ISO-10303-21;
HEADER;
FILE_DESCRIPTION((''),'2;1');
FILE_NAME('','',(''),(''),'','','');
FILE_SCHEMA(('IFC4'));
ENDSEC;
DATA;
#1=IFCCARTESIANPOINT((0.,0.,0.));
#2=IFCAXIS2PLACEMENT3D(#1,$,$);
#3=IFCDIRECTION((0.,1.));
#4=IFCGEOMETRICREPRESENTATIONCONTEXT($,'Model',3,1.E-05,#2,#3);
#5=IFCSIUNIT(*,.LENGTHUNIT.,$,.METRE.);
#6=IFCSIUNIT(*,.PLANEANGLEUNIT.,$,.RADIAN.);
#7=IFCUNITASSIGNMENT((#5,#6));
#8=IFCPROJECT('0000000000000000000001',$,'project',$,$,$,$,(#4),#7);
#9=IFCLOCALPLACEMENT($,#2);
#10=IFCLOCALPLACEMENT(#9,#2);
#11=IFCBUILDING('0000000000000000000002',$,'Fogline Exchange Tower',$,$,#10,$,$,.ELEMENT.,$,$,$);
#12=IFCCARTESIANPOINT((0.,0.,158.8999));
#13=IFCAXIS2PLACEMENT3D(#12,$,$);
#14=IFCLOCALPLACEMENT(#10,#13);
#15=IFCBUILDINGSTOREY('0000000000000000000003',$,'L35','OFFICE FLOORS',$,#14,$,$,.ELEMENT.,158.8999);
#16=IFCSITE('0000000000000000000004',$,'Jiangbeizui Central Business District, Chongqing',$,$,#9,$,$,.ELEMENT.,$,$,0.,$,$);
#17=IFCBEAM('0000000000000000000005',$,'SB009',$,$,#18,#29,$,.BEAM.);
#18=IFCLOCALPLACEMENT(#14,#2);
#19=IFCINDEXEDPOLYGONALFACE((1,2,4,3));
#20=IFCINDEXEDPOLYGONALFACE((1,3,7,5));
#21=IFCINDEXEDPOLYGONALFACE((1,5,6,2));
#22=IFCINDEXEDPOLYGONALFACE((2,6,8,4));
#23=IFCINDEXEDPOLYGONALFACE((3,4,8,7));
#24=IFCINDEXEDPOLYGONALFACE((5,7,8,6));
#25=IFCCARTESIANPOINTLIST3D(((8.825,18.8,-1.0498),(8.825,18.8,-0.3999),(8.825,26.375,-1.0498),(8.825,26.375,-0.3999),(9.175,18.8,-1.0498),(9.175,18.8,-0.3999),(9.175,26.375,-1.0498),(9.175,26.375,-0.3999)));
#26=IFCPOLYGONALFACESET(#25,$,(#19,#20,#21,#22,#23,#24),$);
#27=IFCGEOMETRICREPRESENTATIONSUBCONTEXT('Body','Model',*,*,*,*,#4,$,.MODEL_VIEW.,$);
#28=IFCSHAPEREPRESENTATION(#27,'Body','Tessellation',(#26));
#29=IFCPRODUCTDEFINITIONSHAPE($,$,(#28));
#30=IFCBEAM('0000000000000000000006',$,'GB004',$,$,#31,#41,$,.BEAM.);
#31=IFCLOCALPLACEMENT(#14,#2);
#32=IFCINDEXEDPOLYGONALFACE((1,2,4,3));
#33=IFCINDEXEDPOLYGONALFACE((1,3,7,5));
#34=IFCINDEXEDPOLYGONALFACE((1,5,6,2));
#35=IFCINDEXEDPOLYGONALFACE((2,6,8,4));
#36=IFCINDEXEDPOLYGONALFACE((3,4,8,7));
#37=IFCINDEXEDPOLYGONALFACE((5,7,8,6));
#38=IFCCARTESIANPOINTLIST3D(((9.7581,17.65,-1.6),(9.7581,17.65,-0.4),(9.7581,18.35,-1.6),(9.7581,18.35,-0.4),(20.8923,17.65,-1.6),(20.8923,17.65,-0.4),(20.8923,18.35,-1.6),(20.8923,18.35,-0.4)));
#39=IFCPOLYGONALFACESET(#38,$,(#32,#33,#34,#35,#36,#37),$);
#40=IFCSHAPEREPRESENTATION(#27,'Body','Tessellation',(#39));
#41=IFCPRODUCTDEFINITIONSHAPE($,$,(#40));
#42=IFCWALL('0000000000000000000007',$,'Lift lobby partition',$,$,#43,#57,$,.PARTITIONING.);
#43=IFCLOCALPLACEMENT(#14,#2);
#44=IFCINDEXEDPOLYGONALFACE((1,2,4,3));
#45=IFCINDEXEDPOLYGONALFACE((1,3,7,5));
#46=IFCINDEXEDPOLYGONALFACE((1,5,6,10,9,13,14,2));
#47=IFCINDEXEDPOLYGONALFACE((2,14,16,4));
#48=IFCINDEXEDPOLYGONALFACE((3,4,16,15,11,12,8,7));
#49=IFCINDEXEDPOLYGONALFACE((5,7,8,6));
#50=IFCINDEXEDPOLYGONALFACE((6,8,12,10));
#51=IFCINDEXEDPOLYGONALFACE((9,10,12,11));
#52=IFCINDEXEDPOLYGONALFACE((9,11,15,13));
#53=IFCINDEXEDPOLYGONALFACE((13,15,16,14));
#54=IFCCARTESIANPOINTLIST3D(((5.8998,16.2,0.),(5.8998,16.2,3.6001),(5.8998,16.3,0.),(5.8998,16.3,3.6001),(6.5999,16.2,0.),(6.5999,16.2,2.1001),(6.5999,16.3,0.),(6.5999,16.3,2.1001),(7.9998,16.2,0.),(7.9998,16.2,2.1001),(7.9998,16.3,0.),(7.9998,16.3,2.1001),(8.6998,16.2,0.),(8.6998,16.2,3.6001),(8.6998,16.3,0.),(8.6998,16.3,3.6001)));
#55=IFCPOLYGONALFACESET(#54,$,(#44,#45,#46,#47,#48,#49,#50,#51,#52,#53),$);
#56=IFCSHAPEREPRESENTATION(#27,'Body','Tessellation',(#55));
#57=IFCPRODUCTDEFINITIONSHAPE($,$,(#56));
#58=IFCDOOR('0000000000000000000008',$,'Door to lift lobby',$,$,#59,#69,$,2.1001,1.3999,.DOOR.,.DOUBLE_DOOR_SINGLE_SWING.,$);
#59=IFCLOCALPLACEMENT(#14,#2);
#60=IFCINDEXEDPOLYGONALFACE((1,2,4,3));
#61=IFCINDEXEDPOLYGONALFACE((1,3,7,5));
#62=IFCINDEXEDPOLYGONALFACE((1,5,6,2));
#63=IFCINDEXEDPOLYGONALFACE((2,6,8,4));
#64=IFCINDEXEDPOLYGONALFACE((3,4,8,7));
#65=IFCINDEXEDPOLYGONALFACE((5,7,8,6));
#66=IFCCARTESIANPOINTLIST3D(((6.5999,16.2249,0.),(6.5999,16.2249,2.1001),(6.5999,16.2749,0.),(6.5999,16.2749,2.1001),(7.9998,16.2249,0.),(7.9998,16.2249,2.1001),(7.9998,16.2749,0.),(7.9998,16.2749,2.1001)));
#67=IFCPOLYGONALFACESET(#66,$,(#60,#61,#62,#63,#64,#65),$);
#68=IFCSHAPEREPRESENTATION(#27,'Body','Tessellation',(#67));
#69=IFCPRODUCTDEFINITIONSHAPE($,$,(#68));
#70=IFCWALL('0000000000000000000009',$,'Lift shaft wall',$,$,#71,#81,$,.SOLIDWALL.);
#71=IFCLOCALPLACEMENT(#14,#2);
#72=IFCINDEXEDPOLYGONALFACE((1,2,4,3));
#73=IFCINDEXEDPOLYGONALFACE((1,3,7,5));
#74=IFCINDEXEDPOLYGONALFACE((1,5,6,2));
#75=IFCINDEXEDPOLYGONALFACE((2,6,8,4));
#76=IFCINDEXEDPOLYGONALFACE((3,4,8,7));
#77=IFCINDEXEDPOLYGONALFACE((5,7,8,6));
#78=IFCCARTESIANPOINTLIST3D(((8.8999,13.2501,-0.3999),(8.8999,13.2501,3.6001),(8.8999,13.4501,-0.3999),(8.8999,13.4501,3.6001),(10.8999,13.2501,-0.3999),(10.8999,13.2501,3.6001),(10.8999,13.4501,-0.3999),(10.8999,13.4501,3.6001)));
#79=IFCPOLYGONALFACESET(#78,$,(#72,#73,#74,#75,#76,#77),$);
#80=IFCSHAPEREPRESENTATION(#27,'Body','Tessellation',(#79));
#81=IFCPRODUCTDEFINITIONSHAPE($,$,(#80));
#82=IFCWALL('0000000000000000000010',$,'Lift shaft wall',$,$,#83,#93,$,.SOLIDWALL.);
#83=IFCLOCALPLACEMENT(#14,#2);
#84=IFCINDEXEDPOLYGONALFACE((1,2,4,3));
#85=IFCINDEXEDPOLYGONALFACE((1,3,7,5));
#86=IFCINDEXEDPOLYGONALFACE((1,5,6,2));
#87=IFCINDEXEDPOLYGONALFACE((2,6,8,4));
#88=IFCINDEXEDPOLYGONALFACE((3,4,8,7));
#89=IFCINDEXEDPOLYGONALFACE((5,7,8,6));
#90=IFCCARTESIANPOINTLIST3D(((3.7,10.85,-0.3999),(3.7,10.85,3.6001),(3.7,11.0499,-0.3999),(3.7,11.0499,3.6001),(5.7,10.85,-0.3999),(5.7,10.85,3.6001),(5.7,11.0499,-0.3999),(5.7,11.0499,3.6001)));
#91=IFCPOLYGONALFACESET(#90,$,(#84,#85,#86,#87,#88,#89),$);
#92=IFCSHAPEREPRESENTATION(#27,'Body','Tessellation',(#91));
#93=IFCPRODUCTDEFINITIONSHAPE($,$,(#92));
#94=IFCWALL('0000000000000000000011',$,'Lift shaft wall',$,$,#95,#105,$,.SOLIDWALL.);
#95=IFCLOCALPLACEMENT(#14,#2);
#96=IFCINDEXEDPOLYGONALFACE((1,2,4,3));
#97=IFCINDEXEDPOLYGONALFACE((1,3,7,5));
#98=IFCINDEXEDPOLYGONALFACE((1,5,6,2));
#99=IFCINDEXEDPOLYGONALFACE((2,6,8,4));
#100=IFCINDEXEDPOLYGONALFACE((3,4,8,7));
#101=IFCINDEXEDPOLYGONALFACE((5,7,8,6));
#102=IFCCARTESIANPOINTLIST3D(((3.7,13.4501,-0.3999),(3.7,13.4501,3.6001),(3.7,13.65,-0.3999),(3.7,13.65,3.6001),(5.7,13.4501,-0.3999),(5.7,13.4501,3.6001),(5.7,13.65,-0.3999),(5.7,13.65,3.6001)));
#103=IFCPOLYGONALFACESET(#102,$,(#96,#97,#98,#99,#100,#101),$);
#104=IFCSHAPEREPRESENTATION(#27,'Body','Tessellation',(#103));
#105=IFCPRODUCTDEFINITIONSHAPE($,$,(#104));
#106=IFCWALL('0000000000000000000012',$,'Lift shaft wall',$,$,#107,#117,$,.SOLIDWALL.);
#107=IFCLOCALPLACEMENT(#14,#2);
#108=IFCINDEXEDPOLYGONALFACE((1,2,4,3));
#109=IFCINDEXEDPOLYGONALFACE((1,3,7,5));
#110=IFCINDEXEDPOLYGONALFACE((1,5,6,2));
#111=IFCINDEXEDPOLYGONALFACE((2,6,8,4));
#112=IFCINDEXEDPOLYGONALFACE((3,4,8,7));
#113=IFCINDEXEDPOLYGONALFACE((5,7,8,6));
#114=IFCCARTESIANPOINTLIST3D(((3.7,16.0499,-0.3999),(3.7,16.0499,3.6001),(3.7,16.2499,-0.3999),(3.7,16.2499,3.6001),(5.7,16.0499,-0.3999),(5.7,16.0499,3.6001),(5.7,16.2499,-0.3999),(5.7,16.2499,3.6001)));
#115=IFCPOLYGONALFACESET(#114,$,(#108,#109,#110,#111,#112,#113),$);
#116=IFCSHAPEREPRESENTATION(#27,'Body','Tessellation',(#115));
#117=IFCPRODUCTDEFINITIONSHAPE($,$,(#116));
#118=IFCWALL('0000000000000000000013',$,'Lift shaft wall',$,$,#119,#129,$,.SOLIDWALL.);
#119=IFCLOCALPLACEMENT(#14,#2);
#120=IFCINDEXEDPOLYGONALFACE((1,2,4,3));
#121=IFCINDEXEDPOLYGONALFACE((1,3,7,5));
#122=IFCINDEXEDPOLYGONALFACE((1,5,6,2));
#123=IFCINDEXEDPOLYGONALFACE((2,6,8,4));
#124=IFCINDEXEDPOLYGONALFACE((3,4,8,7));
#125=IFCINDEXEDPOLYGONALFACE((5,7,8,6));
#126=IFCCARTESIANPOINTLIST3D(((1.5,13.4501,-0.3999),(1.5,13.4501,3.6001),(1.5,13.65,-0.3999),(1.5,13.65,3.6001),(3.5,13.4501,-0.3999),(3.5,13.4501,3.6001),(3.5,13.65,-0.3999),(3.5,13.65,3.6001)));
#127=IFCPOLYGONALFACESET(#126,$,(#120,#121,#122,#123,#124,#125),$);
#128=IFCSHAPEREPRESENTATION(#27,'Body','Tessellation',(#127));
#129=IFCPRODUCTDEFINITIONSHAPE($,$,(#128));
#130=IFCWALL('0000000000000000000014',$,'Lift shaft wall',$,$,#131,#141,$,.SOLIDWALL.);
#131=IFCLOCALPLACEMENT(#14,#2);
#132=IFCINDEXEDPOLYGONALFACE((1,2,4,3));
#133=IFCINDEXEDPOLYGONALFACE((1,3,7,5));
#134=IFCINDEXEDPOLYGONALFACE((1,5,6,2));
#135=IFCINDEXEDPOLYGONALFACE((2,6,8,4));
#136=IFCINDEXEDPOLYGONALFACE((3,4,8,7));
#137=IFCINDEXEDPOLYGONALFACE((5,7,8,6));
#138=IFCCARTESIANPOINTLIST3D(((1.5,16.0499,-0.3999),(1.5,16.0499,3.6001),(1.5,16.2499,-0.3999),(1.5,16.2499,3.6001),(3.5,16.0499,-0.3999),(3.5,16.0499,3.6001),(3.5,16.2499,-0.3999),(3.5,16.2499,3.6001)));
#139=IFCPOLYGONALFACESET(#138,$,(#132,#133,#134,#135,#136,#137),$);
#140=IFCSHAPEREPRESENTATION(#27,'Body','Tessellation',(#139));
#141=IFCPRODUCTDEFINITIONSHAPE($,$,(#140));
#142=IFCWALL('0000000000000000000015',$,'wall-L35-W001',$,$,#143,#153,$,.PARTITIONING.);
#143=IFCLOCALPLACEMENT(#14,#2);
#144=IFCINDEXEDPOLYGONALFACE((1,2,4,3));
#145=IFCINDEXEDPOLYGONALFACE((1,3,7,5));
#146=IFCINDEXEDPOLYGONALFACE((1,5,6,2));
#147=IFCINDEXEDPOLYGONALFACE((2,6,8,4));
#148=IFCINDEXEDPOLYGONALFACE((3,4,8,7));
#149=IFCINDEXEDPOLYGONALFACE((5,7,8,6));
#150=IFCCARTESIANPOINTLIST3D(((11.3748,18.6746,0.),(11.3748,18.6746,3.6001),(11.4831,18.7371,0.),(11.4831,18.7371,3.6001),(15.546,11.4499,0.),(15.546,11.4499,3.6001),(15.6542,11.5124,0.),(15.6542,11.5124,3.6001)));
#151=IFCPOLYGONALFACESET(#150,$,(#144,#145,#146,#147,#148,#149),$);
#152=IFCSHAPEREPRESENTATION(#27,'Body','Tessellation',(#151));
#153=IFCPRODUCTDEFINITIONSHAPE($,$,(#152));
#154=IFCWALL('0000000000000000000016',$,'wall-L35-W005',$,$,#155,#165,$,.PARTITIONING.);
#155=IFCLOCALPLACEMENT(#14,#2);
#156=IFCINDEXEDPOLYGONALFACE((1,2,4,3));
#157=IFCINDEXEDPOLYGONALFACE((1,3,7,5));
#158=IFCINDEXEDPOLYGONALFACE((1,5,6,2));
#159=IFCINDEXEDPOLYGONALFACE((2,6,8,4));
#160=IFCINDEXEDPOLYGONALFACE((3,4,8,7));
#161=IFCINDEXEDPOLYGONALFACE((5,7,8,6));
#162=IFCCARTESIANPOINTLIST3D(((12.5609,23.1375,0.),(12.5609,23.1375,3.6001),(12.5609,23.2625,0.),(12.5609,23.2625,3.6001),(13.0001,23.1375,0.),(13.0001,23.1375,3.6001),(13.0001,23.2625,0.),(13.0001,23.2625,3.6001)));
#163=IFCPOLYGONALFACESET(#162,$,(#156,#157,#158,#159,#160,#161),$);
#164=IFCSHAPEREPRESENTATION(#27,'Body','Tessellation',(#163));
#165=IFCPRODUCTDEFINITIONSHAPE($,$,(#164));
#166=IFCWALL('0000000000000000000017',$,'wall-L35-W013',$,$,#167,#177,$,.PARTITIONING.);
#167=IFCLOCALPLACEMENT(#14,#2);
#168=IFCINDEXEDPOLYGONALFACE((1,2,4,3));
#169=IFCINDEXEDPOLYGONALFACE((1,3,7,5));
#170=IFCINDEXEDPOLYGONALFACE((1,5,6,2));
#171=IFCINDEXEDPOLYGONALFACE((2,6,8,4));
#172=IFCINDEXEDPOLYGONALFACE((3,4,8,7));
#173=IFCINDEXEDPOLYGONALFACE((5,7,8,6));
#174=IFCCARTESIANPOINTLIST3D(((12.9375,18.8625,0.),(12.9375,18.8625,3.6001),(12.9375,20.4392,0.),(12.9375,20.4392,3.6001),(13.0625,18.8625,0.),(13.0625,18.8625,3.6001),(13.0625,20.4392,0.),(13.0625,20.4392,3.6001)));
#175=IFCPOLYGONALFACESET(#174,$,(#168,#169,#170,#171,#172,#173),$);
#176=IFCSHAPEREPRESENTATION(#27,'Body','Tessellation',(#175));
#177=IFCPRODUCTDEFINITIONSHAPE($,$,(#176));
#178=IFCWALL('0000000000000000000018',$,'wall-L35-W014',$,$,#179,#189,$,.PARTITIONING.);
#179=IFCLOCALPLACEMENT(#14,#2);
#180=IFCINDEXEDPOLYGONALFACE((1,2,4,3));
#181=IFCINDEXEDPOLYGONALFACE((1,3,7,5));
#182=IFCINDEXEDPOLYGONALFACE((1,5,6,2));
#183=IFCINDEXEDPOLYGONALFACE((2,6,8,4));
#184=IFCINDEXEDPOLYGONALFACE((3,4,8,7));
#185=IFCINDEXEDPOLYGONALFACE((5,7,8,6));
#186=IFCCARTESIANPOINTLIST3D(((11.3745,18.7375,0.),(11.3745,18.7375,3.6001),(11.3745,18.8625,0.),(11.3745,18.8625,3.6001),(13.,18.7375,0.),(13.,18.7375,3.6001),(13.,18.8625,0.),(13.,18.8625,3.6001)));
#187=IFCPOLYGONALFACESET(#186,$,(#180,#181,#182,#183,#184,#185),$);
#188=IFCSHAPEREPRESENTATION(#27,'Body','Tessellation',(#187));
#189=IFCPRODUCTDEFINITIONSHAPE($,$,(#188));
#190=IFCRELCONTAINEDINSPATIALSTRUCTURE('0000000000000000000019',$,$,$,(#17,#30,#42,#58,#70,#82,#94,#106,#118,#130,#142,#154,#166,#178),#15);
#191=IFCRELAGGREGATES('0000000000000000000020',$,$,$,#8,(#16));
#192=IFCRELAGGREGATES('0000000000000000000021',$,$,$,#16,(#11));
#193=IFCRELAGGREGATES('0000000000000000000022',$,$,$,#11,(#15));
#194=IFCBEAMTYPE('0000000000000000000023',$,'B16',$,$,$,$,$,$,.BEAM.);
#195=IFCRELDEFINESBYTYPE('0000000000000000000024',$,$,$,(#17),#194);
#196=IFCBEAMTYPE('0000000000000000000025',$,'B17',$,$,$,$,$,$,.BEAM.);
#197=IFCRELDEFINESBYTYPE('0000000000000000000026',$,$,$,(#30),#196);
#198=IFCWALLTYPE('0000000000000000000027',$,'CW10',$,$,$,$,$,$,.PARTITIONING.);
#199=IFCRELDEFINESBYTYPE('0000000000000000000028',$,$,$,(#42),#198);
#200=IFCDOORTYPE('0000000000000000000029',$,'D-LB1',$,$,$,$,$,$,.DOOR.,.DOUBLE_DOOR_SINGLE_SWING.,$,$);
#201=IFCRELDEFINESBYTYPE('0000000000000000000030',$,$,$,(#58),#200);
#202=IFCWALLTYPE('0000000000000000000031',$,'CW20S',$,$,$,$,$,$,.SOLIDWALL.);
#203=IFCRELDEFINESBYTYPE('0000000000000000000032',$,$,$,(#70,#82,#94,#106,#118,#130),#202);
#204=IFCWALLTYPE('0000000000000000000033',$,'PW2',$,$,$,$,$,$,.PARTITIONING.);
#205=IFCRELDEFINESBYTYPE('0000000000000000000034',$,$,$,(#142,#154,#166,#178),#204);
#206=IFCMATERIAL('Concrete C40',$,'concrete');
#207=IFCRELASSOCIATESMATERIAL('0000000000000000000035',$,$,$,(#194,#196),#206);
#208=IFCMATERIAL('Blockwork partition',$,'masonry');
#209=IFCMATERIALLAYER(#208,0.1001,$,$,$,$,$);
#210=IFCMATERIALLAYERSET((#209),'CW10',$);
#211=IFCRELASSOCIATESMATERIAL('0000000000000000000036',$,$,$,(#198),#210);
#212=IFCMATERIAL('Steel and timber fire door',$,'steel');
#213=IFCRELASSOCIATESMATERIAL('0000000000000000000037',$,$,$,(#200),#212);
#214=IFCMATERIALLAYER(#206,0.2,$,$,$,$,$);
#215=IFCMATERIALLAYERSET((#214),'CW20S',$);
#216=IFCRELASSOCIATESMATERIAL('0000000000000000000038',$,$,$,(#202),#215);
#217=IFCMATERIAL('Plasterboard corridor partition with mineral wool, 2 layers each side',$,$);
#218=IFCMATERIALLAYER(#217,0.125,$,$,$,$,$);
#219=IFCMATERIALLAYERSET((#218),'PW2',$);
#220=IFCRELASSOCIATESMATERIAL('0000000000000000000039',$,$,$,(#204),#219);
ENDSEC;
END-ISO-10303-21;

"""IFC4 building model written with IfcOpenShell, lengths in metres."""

from ifc_helpers import new_model, si_unit, direction, frame, frame_2d, origin, origin_2d, place, context, subcontext, project, spatial, rectangle, extrude, material, layer, layer_set, material_profile, profile_set, type_object, element, fill, save


model = new_model("IFC4")

# Units and contexts
model_context = context("Model", 3, precision=1e-05, world=origin(), true_north=direction((0.0, 1.0)))
body_context = subcontext(model_context, "Body", "Model", "MODEL_VIEW")
ifc_project = project(units=[si_unit("LENGTHUNIT", "METRE"), si_unit("PLANEANGLEUNIT", "RADIAN")], contexts=[model_context])

# Site, building, storey
site_placement = place(None, origin())
site = spatial("IfcSite", under=ifc_project, at=site_placement, Name="Jiangbeizui Central Business District, Chongqing", CompositionType="ELEMENT", RefElevation=0.0)
building_placement = place(site_placement, origin())
building = spatial("IfcBuilding", under=site, at=building_placement, Name="Fogline Exchange Tower", CompositionType="ELEMENT")
storey_placement = place(building_placement, frame((0.0, 0.0, 158.8999)))
storey = spatial("IfcBuildingStorey", under=building, at=storey_placement, Name="L35", Description="OFFICE FLOORS", CompositionType="ELEMENT", Elevation=158.8999)

# Beams
ifc_material_1 = material(Name="Concrete C40", Category="concrete")
ifc_material_profile_1 = material_profile(ifc_material_1, rectangle(XDim=0.3501, YDim=0.6499, at=origin_2d()), Name="RC 350x650")
ifc_profile_set_1 = profile_set([ifc_material_profile_1], Name="Concrete C40")
beam_type_1 = type_object("IfcBeamType", Name="B16", PredefinedType="BEAM", material=ifc_profile_set_1)
beam_1_placement = place(storey_placement, frame((9.0, 18.8, -0.7249), z_axis=(0.0, 1.0, 0.0), x_axis=(-1.0, 0.0, 0.0)))
element("IfcBeam", 1, at=beam_1_placement, inside=storey, type_object=beam_type_1, Name="SB009", PredefinedType="BEAM", context=body_context, shape_type="SweptSolid", body=[
    extrude(rectangle(XDim=0.3501, YDim=0.6499, at=origin_2d()), origin(), (0.0, 0.0, 1.0), 7.575),
])
ifc_material_profile_2 = material_profile(ifc_material_1, rectangle(XDim=0.7, YDim=1.2, at=origin_2d()), Name="RC 700x1200")
ifc_profile_set_2 = profile_set([ifc_material_profile_2], Name="Concrete C40")
beam_type_2 = type_object("IfcBeamType", Name="B17", PredefinedType="BEAM", material=ifc_profile_set_2)
beam_2_placement = place(storey_placement, frame((9.7581, 18.0, -1.0), z_axis=(1.0, 0.0, 0.0), x_axis=(0.0, 1.0, 0.0)))
element("IfcBeam", 2, at=beam_2_placement, inside=storey, type_object=beam_type_2, Name="GB004", PredefinedType="BEAM", context=body_context, shape_type="SweptSolid", body=[
    extrude(rectangle(XDim=0.7, YDim=1.2, at=origin_2d()), origin(), (0.0, 0.0, 1.0), 11.1343),
])

# Wall, opening, door
ifc_material_2 = material(Name="Blockwork partition", Category="masonry")
ifc_layer_1 = layer(ifc_material_2, 0.1001)
ifc_layer_set_1 = layer_set([ifc_layer_1], Name="CW10")
wall_type_1 = type_object("IfcWallType", Name="CW10", PredefinedType="PARTITIONING", material=ifc_layer_set_1)
wall_1_placement = place(storey_placement, frame((5.8999, 16.25, 0.0), z_axis=(0.0, 0.0, 1.0), x_axis=(1.0, 0.0, 0.0)))
wall_1 = element("IfcWall", 3, at=wall_1_placement, inside=storey, type_object=wall_type_1, Name="Lift lobby partition", PredefinedType="PARTITIONING", context=body_context, shape_type="SweptSolid", body=[
    extrude(rectangle(XDim=2.8, YDim=0.1001, at=frame_2d((1.3999, 0.0))), origin(), (0.0, 0.0, 1.0), 3.6001),
])
opening_1_placement = place(wall_1_placement, frame((0.7, 0.0, 0.0)))
opening_1 = element("IfcOpeningElement", 4, at=opening_1_placement, cuts=wall_1, PredefinedType="OPENING", context=body_context, shape_type="SweptSolid", body=[
    extrude(rectangle(XDim=1.3999, YDim=2.1001, at=frame_2d((0.7, 1.05))), frame((0.0, 0.0601, 0.0), z_axis=(0.0, -1.0, 0.0), x_axis=(1.0, 0.0, 0.0)), (0.0, 0.0, 1.0), 0.1201),
])
ifc_material_3 = material(Name="Steel and timber fire door", Category="steel")
door_type_1 = type_object("IfcDoorType", Name="D-LB1", OperationType="DOUBLE_DOOR_SINGLE_SWING", PredefinedType="DOOR", material=ifc_material_3)
door_1_placement = place(opening_1_placement, origin())
door_1 = element("IfcDoor", 5, at=door_1_placement, inside=storey, type_object=door_type_1, Name="Door to lift lobby", OperationType="DOUBLE_DOOR_SINGLE_SWING", OverallHeight=2.1001, OverallWidth=1.3999, PredefinedType="DOOR", context=body_context, shape_type="SweptSolid", body=[
    extrude(rectangle(XDim=1.3999, YDim=2.1001, at=frame_2d((0.7, 1.05))), frame((0.0, 0.0249, 0.0), z_axis=(0.0, -1.0, 0.0), x_axis=(1.0, 0.0, 0.0)), (0.0, 0.0, 1.0), 0.05),
])
fill(opening_1, door_1)

# Walls
ifc_layer_2 = layer(ifc_material_1, 0.2)
ifc_layer_set_2 = layer_set([ifc_layer_2], Name="CW20S")
wall_type_2 = type_object("IfcWallType", Name="CW20S", PredefinedType="SOLIDWALL", material=ifc_layer_set_2)
for number, where, z_axis, x_axis, name in (
    (6, (8.8999, 13.3501, -0.3999), (0.0, 0.0, 1.0), (1.0, 0.0, 0.0), "Lift shaft wall"),
    (7, (3.7, 10.95, -0.3999), (0.0, 0.0, 1.0), (1.0, 0.0, 0.0), "Lift shaft wall"),
    (8, (3.7, 13.55, -0.3999), (0.0, 0.0, 1.0), (1.0, 0.0, 0.0), "Lift shaft wall"),
    (9, (3.7, 16.1499, -0.3999), (0.0, 0.0, 1.0), (1.0, 0.0, 0.0), "Lift shaft wall"),
    (10, (1.5, 13.55, -0.3999), (0.0, 0.0, 1.0), (1.0, 0.0, 0.0), "Lift shaft wall"),
    (11, (1.5, 16.1499, -0.3999), (0.0, 0.0, 1.0), (1.0, 0.0, 0.0), "Lift shaft wall"),
):
    element("IfcWall", number, at=place(storey_placement, frame(where, z_axis=z_axis, x_axis=x_axis)), inside=storey, type_object=wall_type_2, Name=name, PredefinedType="SOLIDWALL", context=body_context, shape_type="SweptSolid", body=[
        extrude(rectangle(XDim=2.0, YDim=0.2, at=frame_2d((1.0, 0.0))), origin(), (0.0, 0.0, 1.0), 4.0),
    ])
ifc_material_4 = material(Name="Plasterboard corridor partition with mineral wool, 2 layers each side")
ifc_layer_3 = layer(ifc_material_4, 0.125)
ifc_layer_set_3 = layer_set([ifc_layer_3], Name="PW2")
wall_type_3 = type_object("IfcWallType", Name="PW2", PredefinedType="PARTITIONING", material=ifc_layer_set_3)
wall_2_placement = place(storey_placement, frame((11.429, 18.7058, 0.0), z_axis=(0.0, 0.0, 1.0), x_axis=(0.500001, -0.866025, 0.0)))
element("IfcWall", 12, at=wall_2_placement, inside=storey, type_object=wall_type_3, Name="wall-L35-W001", PredefinedType="PARTITIONING", context=body_context, shape_type="SweptSolid", body=[
    extrude(rectangle(XDim=8.3423, YDim=0.125, at=frame_2d((4.1711, 0.0))), origin(), (0.0, 0.0, 1.0), 3.6001),
])
wall_3_placement = place(storey_placement, frame((12.5608, 23.2, 0.0), z_axis=(0.0, 0.0, 1.0), x_axis=(1.0, 0.0, 0.0)))
element("IfcWall", 13, at=wall_3_placement, inside=storey, type_object=wall_type_3, Name="wall-L35-W005", PredefinedType="PARTITIONING", context=body_context, shape_type="SweptSolid", body=[
    extrude(rectangle(XDim=0.4392, YDim=0.125, at=frame_2d((0.2197, 0.0))), origin(), (0.0, 0.0, 1.0), 3.6001),
])
wall_4_placement = place(storey_placement, frame((13.0, 20.4392, 0.0), z_axis=(0.0, 0.0, 1.0), x_axis=(0.0, -1.0, 0.0)))
element("IfcWall", 14, at=wall_4_placement, inside=storey, type_object=wall_type_3, Name="wall-L35-W013", PredefinedType="PARTITIONING", context=body_context, shape_type="SweptSolid", body=[
    extrude(rectangle(XDim=1.5767, YDim=0.125, at=frame_2d((0.7883, 0.0))), origin(), (0.0, 0.0, 1.0), 3.6001),
])
wall_5_placement = place(storey_placement, frame((13.0, 18.8, 0.0), z_axis=(0.0, 0.0, 1.0), x_axis=(-1.0, 0.0, 0.0)))
element("IfcWall", 15, at=wall_5_placement, inside=storey, type_object=wall_type_3, Name="wall-L35-W014", PredefinedType="PARTITIONING", context=body_context, shape_type="SweptSolid", body=[
    extrude(rectangle(XDim=1.6255, YDim=0.125, at=frame_2d((0.8127, 0.0))), origin(), (0.0, 0.0, 1.0), 3.6001),
])

save(model, "model.ifc")
